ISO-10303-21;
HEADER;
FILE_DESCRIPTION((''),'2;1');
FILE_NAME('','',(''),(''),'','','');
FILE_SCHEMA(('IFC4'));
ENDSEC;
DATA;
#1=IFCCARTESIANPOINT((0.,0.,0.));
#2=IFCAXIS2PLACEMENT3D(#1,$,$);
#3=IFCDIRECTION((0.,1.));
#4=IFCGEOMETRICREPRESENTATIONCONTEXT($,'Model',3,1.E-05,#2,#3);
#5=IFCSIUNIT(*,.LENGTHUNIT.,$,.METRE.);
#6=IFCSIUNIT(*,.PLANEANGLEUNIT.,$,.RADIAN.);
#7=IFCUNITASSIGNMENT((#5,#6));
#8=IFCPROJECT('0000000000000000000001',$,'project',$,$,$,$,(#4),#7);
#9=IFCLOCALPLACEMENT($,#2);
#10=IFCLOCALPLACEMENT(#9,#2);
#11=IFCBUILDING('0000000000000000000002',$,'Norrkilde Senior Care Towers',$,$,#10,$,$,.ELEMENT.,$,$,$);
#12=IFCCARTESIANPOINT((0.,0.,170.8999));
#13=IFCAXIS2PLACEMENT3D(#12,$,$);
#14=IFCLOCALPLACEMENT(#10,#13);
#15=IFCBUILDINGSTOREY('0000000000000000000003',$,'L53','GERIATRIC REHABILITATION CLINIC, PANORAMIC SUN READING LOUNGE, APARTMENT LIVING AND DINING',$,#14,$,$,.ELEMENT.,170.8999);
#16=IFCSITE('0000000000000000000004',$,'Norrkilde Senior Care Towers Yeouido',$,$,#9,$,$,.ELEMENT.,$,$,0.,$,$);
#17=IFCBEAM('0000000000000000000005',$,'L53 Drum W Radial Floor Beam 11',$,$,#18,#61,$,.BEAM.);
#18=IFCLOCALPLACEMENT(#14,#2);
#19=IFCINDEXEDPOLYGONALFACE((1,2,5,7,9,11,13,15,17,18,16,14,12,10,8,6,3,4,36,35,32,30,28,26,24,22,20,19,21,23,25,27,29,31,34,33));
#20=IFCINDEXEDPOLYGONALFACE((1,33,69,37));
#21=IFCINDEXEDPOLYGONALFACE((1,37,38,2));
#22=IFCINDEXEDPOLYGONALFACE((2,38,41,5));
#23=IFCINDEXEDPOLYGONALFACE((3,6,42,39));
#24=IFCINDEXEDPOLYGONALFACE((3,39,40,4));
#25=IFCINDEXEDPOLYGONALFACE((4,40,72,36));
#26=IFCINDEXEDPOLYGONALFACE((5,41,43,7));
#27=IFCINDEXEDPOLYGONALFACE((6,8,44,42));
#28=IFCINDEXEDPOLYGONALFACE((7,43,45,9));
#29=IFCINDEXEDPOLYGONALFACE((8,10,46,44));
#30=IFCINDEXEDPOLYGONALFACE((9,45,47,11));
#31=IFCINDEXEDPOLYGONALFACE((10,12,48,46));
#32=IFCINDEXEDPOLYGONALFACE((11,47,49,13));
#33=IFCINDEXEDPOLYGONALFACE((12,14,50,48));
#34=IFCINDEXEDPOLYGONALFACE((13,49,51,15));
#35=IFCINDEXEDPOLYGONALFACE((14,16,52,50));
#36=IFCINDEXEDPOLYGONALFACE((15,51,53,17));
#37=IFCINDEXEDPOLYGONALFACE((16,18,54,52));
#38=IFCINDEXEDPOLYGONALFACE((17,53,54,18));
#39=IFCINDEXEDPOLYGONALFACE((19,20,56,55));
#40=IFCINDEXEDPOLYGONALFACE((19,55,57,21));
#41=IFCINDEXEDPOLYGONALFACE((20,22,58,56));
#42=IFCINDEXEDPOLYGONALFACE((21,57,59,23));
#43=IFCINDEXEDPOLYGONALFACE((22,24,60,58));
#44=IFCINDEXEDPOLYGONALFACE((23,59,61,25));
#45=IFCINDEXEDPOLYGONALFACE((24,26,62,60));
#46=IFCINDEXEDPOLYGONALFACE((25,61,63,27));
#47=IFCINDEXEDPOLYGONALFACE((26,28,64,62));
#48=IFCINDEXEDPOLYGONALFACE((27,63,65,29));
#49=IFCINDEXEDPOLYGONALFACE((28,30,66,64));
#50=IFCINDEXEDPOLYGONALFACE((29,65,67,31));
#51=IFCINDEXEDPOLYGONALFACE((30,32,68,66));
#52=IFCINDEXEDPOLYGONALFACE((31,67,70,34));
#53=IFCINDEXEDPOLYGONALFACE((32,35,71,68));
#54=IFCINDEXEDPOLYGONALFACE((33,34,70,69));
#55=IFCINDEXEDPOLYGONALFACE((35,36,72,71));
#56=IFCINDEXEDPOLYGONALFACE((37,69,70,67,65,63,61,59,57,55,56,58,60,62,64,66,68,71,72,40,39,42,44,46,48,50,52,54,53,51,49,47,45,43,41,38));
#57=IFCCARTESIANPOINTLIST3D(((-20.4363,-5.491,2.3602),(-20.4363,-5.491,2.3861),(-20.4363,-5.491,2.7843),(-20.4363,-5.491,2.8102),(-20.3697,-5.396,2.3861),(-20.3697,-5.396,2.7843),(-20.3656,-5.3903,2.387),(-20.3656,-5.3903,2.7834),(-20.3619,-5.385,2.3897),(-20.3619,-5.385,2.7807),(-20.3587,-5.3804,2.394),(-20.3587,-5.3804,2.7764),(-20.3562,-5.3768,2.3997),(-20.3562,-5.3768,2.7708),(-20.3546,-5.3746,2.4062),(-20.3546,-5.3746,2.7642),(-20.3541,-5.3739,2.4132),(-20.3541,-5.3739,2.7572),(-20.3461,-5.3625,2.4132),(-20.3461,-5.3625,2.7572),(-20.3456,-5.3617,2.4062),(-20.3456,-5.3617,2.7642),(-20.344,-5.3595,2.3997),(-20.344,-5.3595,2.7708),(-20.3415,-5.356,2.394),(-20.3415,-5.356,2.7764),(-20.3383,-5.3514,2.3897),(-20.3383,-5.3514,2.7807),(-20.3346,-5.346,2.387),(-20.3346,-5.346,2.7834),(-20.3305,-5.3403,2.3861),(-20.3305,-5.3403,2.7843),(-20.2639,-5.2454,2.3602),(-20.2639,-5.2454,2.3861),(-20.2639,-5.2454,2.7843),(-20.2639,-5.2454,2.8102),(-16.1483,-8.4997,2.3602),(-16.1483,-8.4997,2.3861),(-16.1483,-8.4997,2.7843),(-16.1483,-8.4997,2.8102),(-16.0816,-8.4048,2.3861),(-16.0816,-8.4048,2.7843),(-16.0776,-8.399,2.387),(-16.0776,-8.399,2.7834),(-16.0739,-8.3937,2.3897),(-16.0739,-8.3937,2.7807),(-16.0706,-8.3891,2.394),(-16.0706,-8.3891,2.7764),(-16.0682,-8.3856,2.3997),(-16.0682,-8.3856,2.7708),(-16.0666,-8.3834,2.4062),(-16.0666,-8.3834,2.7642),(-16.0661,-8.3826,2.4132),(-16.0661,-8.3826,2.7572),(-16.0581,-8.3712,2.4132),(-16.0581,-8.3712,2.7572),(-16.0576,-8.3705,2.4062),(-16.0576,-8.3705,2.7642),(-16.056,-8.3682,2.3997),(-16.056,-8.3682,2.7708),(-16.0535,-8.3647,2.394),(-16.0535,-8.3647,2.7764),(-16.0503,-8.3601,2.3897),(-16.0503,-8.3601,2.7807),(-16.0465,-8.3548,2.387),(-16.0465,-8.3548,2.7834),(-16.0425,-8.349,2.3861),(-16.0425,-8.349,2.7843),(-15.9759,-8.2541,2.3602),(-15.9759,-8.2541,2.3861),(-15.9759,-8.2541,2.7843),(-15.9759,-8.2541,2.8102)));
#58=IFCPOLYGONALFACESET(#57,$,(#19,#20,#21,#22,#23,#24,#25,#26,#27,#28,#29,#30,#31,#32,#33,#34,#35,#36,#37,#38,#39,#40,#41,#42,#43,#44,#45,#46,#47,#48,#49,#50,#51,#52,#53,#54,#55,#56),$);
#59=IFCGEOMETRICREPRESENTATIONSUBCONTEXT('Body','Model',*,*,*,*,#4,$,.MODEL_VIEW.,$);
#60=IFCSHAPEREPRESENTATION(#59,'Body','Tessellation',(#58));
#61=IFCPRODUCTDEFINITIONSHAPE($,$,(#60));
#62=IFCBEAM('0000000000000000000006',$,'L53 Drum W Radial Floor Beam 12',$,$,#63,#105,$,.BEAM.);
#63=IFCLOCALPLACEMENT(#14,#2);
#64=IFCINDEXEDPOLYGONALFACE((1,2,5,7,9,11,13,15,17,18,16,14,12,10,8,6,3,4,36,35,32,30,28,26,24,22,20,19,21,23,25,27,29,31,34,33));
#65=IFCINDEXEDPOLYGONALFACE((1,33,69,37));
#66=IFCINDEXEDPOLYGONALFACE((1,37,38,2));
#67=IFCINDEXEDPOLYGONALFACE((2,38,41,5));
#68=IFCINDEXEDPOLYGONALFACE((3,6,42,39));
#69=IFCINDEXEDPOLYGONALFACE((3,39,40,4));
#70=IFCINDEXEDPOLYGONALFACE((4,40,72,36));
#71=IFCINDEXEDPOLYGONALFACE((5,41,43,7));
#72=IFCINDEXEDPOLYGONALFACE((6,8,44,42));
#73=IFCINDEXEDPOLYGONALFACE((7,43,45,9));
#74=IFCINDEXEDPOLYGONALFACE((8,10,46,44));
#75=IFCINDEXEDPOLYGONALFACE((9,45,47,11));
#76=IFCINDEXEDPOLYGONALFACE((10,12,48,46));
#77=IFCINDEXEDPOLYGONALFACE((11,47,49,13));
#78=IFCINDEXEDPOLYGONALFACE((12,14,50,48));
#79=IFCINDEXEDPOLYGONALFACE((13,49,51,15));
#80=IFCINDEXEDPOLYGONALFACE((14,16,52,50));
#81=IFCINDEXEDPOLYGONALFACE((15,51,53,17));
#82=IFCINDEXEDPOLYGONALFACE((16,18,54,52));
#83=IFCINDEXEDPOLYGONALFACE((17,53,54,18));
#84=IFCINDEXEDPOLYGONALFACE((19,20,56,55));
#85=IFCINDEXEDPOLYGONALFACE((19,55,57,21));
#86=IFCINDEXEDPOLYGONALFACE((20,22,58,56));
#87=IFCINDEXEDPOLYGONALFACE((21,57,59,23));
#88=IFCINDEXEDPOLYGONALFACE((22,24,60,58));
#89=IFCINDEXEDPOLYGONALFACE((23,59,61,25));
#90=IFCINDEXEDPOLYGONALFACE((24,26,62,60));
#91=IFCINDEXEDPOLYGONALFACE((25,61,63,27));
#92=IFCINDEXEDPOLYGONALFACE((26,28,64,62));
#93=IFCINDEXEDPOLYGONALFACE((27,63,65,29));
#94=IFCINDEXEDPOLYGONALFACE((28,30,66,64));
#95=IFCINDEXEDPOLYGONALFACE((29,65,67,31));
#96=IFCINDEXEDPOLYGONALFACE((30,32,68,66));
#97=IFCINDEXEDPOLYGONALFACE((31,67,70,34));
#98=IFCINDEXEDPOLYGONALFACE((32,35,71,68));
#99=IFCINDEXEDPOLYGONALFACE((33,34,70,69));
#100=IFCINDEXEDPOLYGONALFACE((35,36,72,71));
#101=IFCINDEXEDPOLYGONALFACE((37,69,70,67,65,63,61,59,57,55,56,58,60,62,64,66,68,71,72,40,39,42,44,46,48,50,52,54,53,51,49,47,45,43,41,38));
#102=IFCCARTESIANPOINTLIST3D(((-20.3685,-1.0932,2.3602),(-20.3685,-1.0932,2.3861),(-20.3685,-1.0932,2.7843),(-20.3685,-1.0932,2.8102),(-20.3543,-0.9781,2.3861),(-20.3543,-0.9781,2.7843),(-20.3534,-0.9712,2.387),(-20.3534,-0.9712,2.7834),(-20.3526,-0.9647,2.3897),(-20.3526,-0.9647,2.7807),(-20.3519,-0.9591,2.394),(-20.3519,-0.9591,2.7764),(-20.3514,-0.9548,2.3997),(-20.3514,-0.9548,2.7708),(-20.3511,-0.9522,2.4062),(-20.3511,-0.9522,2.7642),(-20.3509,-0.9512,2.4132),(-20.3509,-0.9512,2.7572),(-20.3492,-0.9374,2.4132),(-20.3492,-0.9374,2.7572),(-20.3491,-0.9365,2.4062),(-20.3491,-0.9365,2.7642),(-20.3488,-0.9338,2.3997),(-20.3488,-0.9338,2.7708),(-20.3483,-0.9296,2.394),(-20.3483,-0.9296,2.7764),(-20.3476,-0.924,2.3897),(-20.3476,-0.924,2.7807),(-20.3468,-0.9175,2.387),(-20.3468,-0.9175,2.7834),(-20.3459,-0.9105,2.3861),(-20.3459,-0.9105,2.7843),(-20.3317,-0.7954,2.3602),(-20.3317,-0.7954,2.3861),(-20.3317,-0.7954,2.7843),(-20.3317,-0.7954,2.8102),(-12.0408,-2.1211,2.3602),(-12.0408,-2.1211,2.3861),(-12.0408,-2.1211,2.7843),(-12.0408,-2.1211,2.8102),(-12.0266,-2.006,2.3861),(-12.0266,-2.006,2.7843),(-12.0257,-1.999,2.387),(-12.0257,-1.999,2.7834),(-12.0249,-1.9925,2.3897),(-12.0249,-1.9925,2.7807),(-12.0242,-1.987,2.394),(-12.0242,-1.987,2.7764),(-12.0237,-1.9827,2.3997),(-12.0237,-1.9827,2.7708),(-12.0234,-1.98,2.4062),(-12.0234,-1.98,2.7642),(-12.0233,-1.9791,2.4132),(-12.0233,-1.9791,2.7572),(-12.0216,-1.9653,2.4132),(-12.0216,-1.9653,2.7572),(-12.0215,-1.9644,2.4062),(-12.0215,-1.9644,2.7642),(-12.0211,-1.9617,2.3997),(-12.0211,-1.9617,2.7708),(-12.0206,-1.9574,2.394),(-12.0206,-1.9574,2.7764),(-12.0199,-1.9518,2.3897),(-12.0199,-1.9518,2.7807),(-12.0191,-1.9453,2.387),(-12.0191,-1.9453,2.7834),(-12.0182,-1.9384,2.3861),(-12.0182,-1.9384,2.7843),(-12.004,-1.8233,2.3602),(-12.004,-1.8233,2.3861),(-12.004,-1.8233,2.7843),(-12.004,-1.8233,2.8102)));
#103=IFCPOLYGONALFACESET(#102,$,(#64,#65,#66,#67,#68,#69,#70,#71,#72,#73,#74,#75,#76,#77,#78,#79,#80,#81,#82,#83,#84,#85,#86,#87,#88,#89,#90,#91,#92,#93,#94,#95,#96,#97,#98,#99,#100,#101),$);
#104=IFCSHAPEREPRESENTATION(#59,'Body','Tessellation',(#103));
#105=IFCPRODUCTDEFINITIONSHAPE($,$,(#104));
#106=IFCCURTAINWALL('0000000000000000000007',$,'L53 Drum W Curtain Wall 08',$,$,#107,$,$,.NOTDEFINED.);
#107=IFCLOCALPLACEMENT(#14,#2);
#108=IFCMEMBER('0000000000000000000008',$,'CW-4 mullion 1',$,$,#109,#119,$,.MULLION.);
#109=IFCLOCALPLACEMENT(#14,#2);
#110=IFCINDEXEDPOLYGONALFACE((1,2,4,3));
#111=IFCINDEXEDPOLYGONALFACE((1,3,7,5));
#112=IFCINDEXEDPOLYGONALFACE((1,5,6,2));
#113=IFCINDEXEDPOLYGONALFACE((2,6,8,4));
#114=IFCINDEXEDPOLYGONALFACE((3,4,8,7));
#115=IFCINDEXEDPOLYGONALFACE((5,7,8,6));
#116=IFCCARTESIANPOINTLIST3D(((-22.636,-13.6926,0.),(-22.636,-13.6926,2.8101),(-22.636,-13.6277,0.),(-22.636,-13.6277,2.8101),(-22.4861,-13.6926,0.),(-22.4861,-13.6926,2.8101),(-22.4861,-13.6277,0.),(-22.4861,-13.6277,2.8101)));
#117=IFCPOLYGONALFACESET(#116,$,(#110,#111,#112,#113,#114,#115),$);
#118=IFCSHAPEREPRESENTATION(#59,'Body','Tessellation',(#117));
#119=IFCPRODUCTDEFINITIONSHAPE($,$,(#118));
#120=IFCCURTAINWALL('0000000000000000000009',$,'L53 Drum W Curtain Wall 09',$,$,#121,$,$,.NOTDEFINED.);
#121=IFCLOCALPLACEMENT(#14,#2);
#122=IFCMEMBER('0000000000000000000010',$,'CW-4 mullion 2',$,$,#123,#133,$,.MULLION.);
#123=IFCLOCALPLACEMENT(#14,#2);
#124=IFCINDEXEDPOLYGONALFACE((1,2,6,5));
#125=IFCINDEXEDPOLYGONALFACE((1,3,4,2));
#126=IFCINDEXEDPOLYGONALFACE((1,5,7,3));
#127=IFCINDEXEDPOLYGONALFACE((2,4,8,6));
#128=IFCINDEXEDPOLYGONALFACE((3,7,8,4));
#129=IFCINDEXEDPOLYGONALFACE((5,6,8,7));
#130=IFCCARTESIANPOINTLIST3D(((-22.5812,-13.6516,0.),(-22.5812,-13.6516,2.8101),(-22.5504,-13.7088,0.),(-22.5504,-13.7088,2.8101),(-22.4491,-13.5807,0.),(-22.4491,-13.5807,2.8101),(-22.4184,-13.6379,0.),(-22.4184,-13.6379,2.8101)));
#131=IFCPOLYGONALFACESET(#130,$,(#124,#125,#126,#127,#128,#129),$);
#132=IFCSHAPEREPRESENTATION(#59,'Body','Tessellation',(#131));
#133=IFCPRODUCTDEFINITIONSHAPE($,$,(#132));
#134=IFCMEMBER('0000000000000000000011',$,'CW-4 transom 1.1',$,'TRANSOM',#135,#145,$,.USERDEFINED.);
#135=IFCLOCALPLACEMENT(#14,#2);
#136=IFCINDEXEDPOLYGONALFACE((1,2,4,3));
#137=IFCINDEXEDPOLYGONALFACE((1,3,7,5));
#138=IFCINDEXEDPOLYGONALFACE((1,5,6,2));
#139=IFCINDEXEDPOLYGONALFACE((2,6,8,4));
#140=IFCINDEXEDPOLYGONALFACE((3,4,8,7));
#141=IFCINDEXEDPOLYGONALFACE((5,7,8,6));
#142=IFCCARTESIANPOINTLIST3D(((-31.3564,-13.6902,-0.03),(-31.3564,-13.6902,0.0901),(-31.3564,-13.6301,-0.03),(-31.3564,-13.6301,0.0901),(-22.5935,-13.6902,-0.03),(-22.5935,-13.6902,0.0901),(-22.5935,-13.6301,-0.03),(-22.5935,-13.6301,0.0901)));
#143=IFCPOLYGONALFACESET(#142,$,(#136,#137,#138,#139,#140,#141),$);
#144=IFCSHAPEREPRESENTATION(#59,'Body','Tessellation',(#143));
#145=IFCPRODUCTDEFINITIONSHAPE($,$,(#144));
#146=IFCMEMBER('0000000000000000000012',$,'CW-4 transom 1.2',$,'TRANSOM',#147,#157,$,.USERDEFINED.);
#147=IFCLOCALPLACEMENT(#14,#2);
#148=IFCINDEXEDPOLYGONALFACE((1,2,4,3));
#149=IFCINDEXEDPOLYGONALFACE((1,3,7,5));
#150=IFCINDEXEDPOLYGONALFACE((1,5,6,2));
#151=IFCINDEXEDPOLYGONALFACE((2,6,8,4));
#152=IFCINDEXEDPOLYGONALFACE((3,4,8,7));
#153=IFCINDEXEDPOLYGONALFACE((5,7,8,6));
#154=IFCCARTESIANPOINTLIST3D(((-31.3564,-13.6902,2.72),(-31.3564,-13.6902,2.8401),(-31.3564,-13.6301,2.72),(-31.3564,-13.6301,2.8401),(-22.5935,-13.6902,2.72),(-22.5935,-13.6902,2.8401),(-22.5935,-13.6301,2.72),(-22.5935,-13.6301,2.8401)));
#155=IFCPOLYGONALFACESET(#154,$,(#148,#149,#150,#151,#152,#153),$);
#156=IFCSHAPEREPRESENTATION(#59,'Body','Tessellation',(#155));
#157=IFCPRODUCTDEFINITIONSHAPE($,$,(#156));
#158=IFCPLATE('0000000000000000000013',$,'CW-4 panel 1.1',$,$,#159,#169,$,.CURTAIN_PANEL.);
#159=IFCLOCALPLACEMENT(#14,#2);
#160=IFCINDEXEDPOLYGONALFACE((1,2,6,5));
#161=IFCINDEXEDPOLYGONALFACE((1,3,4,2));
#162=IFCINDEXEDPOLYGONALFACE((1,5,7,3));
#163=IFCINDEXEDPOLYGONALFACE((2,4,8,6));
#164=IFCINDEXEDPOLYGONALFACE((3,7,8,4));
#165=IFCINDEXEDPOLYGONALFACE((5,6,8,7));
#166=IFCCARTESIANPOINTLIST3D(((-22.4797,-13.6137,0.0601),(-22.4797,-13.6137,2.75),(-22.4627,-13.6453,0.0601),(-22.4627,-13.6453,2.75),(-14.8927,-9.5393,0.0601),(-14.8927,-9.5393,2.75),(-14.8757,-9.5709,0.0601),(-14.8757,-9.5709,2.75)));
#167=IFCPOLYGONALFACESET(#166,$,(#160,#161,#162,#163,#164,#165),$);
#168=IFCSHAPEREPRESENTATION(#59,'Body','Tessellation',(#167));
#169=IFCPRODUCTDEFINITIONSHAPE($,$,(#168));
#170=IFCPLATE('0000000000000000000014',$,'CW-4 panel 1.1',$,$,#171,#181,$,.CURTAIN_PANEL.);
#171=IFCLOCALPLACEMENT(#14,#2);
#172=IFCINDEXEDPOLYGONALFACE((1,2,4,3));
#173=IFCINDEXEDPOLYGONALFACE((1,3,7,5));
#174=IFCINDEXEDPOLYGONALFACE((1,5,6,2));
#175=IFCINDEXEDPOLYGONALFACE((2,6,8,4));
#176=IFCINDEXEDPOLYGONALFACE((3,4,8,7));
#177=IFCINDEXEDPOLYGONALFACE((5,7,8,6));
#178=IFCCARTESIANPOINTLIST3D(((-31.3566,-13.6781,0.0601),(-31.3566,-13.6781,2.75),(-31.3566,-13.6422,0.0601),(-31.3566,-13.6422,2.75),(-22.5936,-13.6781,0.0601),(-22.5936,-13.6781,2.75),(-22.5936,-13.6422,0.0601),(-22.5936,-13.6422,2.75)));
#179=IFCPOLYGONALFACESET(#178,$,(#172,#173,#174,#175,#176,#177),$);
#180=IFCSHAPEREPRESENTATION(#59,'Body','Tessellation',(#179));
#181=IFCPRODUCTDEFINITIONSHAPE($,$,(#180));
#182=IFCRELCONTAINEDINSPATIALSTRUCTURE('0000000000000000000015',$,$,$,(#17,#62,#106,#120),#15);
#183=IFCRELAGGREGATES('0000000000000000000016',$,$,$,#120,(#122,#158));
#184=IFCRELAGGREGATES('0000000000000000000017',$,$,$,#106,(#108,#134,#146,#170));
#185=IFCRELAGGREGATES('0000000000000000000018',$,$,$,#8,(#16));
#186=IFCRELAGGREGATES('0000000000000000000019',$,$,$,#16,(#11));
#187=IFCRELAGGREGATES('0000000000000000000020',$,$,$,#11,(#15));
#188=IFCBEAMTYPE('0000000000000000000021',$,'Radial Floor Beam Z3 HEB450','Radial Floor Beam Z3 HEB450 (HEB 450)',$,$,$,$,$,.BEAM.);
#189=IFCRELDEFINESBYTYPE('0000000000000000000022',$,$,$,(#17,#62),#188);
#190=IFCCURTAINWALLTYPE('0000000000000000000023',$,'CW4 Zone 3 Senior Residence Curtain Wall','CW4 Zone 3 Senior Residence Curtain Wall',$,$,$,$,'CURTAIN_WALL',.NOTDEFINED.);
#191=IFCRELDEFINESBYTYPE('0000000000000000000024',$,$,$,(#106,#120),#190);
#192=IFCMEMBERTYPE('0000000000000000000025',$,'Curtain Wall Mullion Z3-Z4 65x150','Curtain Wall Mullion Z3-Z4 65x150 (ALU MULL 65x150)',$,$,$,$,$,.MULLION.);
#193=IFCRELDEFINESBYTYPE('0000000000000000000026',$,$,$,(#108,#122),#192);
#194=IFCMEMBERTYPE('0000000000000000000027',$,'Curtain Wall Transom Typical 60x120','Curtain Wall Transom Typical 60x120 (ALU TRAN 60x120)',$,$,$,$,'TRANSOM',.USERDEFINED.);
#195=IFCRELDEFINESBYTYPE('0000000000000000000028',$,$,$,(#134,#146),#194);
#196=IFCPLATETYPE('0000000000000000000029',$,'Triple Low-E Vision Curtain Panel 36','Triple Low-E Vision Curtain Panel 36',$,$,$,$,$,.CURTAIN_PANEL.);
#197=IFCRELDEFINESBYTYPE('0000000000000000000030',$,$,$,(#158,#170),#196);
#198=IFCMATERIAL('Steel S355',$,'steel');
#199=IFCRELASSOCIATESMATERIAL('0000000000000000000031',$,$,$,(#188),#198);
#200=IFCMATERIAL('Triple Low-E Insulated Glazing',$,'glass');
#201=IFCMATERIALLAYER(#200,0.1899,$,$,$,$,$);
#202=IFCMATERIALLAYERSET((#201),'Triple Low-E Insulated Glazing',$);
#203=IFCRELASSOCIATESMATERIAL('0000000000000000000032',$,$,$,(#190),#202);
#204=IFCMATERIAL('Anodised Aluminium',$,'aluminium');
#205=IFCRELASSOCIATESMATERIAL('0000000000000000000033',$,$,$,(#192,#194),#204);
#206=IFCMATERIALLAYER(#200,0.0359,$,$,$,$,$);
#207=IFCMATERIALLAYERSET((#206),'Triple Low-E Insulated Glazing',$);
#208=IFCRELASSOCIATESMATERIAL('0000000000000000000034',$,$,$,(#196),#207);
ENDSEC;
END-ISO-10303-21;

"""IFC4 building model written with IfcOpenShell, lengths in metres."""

from ifc_helpers import new_model, si_unit, direction, frame, origin, origin_2d, place, context, subcontext, project, spatial, rectangle, i_section, extrude, source, transform, mapped, material, layer, layer_set, material_profile, profile_set, type_object, type_shapes, element, aggregate, save


model = new_model("IFC4")

# Units and contexts
model_context = context("Model", 3, precision=1e-05, world=origin(), true_north=direction((0.0, 1.0)))
body_context = subcontext(model_context, "Body", "Model", "MODEL_VIEW")
ifc_project = project(units=[si_unit("LENGTHUNIT", "METRE"), si_unit("PLANEANGLEUNIT", "RADIAN")], contexts=[model_context])

# Site, building, storey
site_placement = place(None, origin())
site = spatial("IfcSite", under=ifc_project, at=site_placement, Name="Norrkilde Senior Care Towers Yeouido", CompositionType="ELEMENT", RefElevation=0.0)
building_placement = place(site_placement, origin())
building = spatial("IfcBuilding", under=site, at=building_placement, Name="Norrkilde Senior Care Towers", CompositionType="ELEMENT")
storey_placement = place(building_placement, frame((0.0, 0.0, 170.8999)))
storey = spatial("IfcBuildingStorey", under=building, at=storey_placement, Name="L53", Description="GERIATRIC REHABILITATION CLINIC, PANORAMIC SUN READING LOUNGE, APARTMENT LIVING AND DINING", CompositionType="ELEMENT", Elevation=170.8999)

# Beams
ifc_material_1 = material(Name="Steel S355", Category="steel")
ifc_material_profile_1 = material_profile(ifc_material_1, i_section(OverallWidth=0.3, OverallDepth=0.45, WebThickness=0.0139, FlangeThickness=0.0259, FilletRadius=0.0271, at=origin_2d()), Name="HEB 450")
ifc_profile_set_1 = profile_set([ifc_material_profile_1], Name="Steel S355")
beam_type_1 = type_object("IfcBeamType", Name="Radial Floor Beam Z3 HEB450", Description="Radial Floor Beam Z3 HEB450 (HEB 450)", PredefinedType="BEAM", material=ifc_profile_set_1)
shared_shape_1 = source(origin(), body_context, "Body", "SweptSolid", [
    extrude(i_section(OverallWidth=0.3, OverallDepth=0.45, WebThickness=0.0139, FlangeThickness=0.0259, FilletRadius=0.0271, at=origin_2d()), origin(), (0.0, 0.0, 1.0), 5.2383),
])
beam_1_placement = place(storey_placement, frame((-20.3501, -5.3682, 2.5852), z_axis=(0.818592, -0.574375, 0.0), x_axis=(0.574375, 0.818592, 0.0)))
element("IfcBeam", 1, at=beam_1_placement, inside=storey, type_object=beam_type_1, Name="L53 Drum W Radial Floor Beam 11", PredefinedType="BEAM", context=body_context, shape_type="MappedRepresentation", body=[
    mapped(shared_shape_1, transform((0.0, 0.0, 0.0), x_axis=(1.0, 0.0, 0.0), y_axis=(0.0, 1.0, 0.0), z_axis=(0.0, 0.0, 1.0), scale=1.0)),
])
shared_shape_2 = source(origin(), body_context, "Body", "SweptSolid", [
    extrude(i_section(OverallWidth=0.3, OverallDepth=0.45, WebThickness=0.0139, FlangeThickness=0.0259, FilletRadius=0.0271, at=origin_2d()), origin(), (0.0, 0.0, 1.0), 8.3909),
])
beam_2_placement = place(storey_placement, frame((-20.3501, -0.9443, 2.5852), z_axis=(0.992469, -0.122495, 0.0), x_axis=(0.122495, 0.992469, 0.0)))
element("IfcBeam", 2, at=beam_2_placement, inside=storey, type_object=beam_type_1, Name="L53 Drum W Radial Floor Beam 12", PredefinedType="BEAM", context=body_context, shape_type="MappedRepresentation", body=[
    mapped(shared_shape_2, transform((0.0, 0.0, 0.0), x_axis=(1.0, 0.0, 0.0), y_axis=(0.0, 1.0, 0.0), z_axis=(0.0, 0.0, 1.0), scale=1.0)),
])

# Curtain walls, members
ifc_material_2 = material(Name="Triple Low-E Insulated Glazing", Category="glass")
ifc_layer_1 = layer(ifc_material_2, 0.1899)
ifc_layer_set_1 = layer_set([ifc_layer_1], Name="Triple Low-E Insulated Glazing")
curtain_wall_type = type_object("IfcCurtainWallType", Name="CW4 Zone 3 Senior Residence Curtain Wall", Description="CW4 Zone 3 Senior Residence Curtain Wall", ElementType="CURTAIN_WALL", PredefinedType="NOTDEFINED", material=ifc_layer_set_1)
curtain_wall_1_placement = place(storey_placement, origin())
curtain_wall_1 = element("IfcCurtainWall", 3, at=curtain_wall_1_placement, inside=storey, type_object=curtain_wall_type, Name="L53 Drum W Curtain Wall 08", PredefinedType="NOTDEFINED")
ifc_material_3 = material(Name="Anodised Aluminium", Category="aluminium")
ifc_material_profile_2 = material_profile(ifc_material_3, rectangle(XDim=0.0649, YDim=0.1499, at=origin_2d()), Name="ALU MULL 65x150")
ifc_profile_set_2 = profile_set([ifc_material_profile_2], Name="Anodised Aluminium")
member_type_1 = type_object("IfcMemberType", Name="Curtain Wall Mullion Z3-Z4 65x150", Description="Curtain Wall Mullion Z3-Z4 65x150 (ALU MULL 65x150)", PredefinedType="MULLION", material=ifc_profile_set_2)
shared_shape_3 = source(origin(), body_context, "Body", "SweptSolid", [
    extrude(rectangle(XDim=0.0649, YDim=0.1499, at=origin_2d()), origin(), (0.0, 0.0, 1.0), 2.8101),
])
type_shapes(member_type_1, [shared_shape_3])
member_1_placement = place(storey_placement, frame((-22.561, -13.6602, 0.0), z_axis=(0.0, 0.0, 1.0), x_axis=(0.0, -1.0, 0.0)))
member_1 = element("IfcMember", 4, at=member_1_placement, type_object=member_type_1, Name="CW-4 mullion 1", PredefinedType="MULLION", context=body_context, shape_type="MappedRepresentation", body=[
    mapped(shared_shape_3, transform((0.0, 0.0, 0.0), x_axis=(1.0, 0.0, 0.0), y_axis=(0.0, 1.0, 0.0), z_axis=(0.0, 0.0, 1.0), scale=1.0)),
])
curtain_wall_2_placement = place(storey_placement, origin())
curtain_wall_2 = element("IfcCurtainWall", 5, at=curtain_wall_2_placement, inside=storey, type_object=curtain_wall_type, Name="L53 Drum W Curtain Wall 09", PredefinedType="NOTDEFINED")
member_2_placement = place(storey_placement, frame((-22.4998, -13.6448, 0.0), z_axis=(0.0, 0.0, 1.0), x_axis=(0.473117, -0.881, 0.0)))
member_2 = element("IfcMember", 6, at=member_2_placement, type_object=member_type_1, Name="CW-4 mullion 2", PredefinedType="MULLION", context=body_context, shape_type="MappedRepresentation", body=[
    mapped(shared_shape_3, transform((0.0, 0.0, 0.0), x_axis=(1.0, 0.0, 0.0), y_axis=(0.0, 1.0, 0.0), z_axis=(0.0, 0.0, 1.0), scale=1.0)),
])

# Members
ifc_material_profile_3 = material_profile(ifc_material_3, rectangle(XDim=0.0601, YDim=0.1201, at=origin_2d()), Name="ALU TRAN 60x120")
ifc_profile_set_3 = profile_set([ifc_material_profile_3], Name="Anodised Aluminium")
member_type_2 = type_object("IfcMemberType", Name="Curtain Wall Transom Typical 60x120", Description="Curtain Wall Transom Typical 60x120 (ALU TRAN 60x120)", ElementType="TRANSOM", PredefinedType="USERDEFINED", material=ifc_profile_set_3)
shared_shape_4 = source(origin(), body_context, "Body", "SweptSolid", [
    extrude(rectangle(XDim=0.0601, YDim=0.1201, at=origin_2d()), origin(), (0.0, 0.0, 1.0), 8.7629),
])
type_shapes(member_type_2, [shared_shape_4])
member_3_placement = place(storey_placement, frame((-22.5935, -13.6602, 0.03), z_axis=(-1.0, 0.0, 0.0), x_axis=(0.0, -1.0, 0.0)))
member_3 = element("IfcMember", 7, at=member_3_placement, type_object=member_type_2, Name="CW-4 transom 1.1", ObjectType="TRANSOM", PredefinedType="USERDEFINED", context=body_context, shape_type="MappedRepresentation", body=[
    mapped(shared_shape_4, transform((0.0, 0.0, 0.0), x_axis=(1.0, 0.0, 0.0), y_axis=(0.0, 1.0, 0.0), z_axis=(0.0, 0.0, 1.0), scale=1.0)),
])
member_4_placement = place(storey_placement, frame((-22.5935, -13.6602, 2.78), z_axis=(-1.0, 0.0, 0.0), x_axis=(0.0, -1.0, 0.0)))
member_4 = element("IfcMember", 8, at=member_4_placement, type_object=member_type_2, Name="CW-4 transom 1.2", ObjectType="TRANSOM", PredefinedType="USERDEFINED", context=body_context, shape_type="MappedRepresentation", body=[
    mapped(shared_shape_4, transform((0.0, 0.0, 0.0), x_axis=(1.0, 0.0, 0.0), y_axis=(0.0, 1.0, 0.0), z_axis=(0.0, 0.0, 1.0), scale=1.0)),
])

# Plates
ifc_layer_2 = layer(ifc_material_2, 0.0359)
ifc_layer_set_2 = layer_set([ifc_layer_2], Name="Triple Low-E Insulated Glazing")
plate_type = type_object("IfcPlateType", Name="Triple Low-E Vision Curtain Panel 36", Description="Triple Low-E Vision Curtain Panel 36", PredefinedType="CURTAIN_PANEL", material=ifc_layer_set_2)
shared_shape_5 = source(origin(), body_context, "Body", "SweptSolid", [
    extrude(rectangle(XDim=8.6118, YDim=0.0359, at=origin_2d()), origin(), (0.0, 0.0, 1.0), 2.6899),
])
plate_1_placement = place(storey_placement, frame((-18.6777, -11.5923, 0.0601), z_axis=(0.0, 0.0, 1.0), x_axis=(-0.881, -0.473117, 0.0)))
plate_1 = element("IfcPlate", 9, at=plate_1_placement, type_object=plate_type, Name="CW-4 panel 1.1", PredefinedType="CURTAIN_PANEL", context=body_context, shape_type="MappedRepresentation", body=[
    mapped(shared_shape_5, transform((0.0, 0.0, 0.0), x_axis=(1.0, 0.0, 0.0), y_axis=(0.0, 1.0, 0.0), z_axis=(0.0, 0.0, 1.0), scale=1.0)),
])
aggregate(curtain_wall_2, [member_2, plate_1])
shared_shape_6 = source(origin(), body_context, "Body", "SweptSolid", [
    extrude(rectangle(XDim=8.7629, YDim=0.0359, at=origin_2d()), origin(), (0.0, 0.0, 1.0), 2.6899),
])
type_shapes(plate_type, [shared_shape_5, shared_shape_6])
plate_2_placement = place(storey_placement, frame((-26.9751, -13.6602, 0.0601), z_axis=(0.0, 0.0, 1.0), x_axis=(-1.0, 0.0, 0.0)))
plate_2 = element("IfcPlate", 10, at=plate_2_placement, type_object=plate_type, Name="CW-4 panel 1.1", PredefinedType="CURTAIN_PANEL", context=body_context, shape_type="MappedRepresentation", body=[
    mapped(shared_shape_6, transform((0.0, 0.0, 0.0), x_axis=(1.0, 0.0, 0.0), y_axis=(0.0, 1.0, 0.0), z_axis=(0.0, 0.0, 1.0), scale=1.0)),
])
aggregate(curtain_wall_1, [member_1, member_3, member_4, plate_2])

save(model, "model.ifc")
